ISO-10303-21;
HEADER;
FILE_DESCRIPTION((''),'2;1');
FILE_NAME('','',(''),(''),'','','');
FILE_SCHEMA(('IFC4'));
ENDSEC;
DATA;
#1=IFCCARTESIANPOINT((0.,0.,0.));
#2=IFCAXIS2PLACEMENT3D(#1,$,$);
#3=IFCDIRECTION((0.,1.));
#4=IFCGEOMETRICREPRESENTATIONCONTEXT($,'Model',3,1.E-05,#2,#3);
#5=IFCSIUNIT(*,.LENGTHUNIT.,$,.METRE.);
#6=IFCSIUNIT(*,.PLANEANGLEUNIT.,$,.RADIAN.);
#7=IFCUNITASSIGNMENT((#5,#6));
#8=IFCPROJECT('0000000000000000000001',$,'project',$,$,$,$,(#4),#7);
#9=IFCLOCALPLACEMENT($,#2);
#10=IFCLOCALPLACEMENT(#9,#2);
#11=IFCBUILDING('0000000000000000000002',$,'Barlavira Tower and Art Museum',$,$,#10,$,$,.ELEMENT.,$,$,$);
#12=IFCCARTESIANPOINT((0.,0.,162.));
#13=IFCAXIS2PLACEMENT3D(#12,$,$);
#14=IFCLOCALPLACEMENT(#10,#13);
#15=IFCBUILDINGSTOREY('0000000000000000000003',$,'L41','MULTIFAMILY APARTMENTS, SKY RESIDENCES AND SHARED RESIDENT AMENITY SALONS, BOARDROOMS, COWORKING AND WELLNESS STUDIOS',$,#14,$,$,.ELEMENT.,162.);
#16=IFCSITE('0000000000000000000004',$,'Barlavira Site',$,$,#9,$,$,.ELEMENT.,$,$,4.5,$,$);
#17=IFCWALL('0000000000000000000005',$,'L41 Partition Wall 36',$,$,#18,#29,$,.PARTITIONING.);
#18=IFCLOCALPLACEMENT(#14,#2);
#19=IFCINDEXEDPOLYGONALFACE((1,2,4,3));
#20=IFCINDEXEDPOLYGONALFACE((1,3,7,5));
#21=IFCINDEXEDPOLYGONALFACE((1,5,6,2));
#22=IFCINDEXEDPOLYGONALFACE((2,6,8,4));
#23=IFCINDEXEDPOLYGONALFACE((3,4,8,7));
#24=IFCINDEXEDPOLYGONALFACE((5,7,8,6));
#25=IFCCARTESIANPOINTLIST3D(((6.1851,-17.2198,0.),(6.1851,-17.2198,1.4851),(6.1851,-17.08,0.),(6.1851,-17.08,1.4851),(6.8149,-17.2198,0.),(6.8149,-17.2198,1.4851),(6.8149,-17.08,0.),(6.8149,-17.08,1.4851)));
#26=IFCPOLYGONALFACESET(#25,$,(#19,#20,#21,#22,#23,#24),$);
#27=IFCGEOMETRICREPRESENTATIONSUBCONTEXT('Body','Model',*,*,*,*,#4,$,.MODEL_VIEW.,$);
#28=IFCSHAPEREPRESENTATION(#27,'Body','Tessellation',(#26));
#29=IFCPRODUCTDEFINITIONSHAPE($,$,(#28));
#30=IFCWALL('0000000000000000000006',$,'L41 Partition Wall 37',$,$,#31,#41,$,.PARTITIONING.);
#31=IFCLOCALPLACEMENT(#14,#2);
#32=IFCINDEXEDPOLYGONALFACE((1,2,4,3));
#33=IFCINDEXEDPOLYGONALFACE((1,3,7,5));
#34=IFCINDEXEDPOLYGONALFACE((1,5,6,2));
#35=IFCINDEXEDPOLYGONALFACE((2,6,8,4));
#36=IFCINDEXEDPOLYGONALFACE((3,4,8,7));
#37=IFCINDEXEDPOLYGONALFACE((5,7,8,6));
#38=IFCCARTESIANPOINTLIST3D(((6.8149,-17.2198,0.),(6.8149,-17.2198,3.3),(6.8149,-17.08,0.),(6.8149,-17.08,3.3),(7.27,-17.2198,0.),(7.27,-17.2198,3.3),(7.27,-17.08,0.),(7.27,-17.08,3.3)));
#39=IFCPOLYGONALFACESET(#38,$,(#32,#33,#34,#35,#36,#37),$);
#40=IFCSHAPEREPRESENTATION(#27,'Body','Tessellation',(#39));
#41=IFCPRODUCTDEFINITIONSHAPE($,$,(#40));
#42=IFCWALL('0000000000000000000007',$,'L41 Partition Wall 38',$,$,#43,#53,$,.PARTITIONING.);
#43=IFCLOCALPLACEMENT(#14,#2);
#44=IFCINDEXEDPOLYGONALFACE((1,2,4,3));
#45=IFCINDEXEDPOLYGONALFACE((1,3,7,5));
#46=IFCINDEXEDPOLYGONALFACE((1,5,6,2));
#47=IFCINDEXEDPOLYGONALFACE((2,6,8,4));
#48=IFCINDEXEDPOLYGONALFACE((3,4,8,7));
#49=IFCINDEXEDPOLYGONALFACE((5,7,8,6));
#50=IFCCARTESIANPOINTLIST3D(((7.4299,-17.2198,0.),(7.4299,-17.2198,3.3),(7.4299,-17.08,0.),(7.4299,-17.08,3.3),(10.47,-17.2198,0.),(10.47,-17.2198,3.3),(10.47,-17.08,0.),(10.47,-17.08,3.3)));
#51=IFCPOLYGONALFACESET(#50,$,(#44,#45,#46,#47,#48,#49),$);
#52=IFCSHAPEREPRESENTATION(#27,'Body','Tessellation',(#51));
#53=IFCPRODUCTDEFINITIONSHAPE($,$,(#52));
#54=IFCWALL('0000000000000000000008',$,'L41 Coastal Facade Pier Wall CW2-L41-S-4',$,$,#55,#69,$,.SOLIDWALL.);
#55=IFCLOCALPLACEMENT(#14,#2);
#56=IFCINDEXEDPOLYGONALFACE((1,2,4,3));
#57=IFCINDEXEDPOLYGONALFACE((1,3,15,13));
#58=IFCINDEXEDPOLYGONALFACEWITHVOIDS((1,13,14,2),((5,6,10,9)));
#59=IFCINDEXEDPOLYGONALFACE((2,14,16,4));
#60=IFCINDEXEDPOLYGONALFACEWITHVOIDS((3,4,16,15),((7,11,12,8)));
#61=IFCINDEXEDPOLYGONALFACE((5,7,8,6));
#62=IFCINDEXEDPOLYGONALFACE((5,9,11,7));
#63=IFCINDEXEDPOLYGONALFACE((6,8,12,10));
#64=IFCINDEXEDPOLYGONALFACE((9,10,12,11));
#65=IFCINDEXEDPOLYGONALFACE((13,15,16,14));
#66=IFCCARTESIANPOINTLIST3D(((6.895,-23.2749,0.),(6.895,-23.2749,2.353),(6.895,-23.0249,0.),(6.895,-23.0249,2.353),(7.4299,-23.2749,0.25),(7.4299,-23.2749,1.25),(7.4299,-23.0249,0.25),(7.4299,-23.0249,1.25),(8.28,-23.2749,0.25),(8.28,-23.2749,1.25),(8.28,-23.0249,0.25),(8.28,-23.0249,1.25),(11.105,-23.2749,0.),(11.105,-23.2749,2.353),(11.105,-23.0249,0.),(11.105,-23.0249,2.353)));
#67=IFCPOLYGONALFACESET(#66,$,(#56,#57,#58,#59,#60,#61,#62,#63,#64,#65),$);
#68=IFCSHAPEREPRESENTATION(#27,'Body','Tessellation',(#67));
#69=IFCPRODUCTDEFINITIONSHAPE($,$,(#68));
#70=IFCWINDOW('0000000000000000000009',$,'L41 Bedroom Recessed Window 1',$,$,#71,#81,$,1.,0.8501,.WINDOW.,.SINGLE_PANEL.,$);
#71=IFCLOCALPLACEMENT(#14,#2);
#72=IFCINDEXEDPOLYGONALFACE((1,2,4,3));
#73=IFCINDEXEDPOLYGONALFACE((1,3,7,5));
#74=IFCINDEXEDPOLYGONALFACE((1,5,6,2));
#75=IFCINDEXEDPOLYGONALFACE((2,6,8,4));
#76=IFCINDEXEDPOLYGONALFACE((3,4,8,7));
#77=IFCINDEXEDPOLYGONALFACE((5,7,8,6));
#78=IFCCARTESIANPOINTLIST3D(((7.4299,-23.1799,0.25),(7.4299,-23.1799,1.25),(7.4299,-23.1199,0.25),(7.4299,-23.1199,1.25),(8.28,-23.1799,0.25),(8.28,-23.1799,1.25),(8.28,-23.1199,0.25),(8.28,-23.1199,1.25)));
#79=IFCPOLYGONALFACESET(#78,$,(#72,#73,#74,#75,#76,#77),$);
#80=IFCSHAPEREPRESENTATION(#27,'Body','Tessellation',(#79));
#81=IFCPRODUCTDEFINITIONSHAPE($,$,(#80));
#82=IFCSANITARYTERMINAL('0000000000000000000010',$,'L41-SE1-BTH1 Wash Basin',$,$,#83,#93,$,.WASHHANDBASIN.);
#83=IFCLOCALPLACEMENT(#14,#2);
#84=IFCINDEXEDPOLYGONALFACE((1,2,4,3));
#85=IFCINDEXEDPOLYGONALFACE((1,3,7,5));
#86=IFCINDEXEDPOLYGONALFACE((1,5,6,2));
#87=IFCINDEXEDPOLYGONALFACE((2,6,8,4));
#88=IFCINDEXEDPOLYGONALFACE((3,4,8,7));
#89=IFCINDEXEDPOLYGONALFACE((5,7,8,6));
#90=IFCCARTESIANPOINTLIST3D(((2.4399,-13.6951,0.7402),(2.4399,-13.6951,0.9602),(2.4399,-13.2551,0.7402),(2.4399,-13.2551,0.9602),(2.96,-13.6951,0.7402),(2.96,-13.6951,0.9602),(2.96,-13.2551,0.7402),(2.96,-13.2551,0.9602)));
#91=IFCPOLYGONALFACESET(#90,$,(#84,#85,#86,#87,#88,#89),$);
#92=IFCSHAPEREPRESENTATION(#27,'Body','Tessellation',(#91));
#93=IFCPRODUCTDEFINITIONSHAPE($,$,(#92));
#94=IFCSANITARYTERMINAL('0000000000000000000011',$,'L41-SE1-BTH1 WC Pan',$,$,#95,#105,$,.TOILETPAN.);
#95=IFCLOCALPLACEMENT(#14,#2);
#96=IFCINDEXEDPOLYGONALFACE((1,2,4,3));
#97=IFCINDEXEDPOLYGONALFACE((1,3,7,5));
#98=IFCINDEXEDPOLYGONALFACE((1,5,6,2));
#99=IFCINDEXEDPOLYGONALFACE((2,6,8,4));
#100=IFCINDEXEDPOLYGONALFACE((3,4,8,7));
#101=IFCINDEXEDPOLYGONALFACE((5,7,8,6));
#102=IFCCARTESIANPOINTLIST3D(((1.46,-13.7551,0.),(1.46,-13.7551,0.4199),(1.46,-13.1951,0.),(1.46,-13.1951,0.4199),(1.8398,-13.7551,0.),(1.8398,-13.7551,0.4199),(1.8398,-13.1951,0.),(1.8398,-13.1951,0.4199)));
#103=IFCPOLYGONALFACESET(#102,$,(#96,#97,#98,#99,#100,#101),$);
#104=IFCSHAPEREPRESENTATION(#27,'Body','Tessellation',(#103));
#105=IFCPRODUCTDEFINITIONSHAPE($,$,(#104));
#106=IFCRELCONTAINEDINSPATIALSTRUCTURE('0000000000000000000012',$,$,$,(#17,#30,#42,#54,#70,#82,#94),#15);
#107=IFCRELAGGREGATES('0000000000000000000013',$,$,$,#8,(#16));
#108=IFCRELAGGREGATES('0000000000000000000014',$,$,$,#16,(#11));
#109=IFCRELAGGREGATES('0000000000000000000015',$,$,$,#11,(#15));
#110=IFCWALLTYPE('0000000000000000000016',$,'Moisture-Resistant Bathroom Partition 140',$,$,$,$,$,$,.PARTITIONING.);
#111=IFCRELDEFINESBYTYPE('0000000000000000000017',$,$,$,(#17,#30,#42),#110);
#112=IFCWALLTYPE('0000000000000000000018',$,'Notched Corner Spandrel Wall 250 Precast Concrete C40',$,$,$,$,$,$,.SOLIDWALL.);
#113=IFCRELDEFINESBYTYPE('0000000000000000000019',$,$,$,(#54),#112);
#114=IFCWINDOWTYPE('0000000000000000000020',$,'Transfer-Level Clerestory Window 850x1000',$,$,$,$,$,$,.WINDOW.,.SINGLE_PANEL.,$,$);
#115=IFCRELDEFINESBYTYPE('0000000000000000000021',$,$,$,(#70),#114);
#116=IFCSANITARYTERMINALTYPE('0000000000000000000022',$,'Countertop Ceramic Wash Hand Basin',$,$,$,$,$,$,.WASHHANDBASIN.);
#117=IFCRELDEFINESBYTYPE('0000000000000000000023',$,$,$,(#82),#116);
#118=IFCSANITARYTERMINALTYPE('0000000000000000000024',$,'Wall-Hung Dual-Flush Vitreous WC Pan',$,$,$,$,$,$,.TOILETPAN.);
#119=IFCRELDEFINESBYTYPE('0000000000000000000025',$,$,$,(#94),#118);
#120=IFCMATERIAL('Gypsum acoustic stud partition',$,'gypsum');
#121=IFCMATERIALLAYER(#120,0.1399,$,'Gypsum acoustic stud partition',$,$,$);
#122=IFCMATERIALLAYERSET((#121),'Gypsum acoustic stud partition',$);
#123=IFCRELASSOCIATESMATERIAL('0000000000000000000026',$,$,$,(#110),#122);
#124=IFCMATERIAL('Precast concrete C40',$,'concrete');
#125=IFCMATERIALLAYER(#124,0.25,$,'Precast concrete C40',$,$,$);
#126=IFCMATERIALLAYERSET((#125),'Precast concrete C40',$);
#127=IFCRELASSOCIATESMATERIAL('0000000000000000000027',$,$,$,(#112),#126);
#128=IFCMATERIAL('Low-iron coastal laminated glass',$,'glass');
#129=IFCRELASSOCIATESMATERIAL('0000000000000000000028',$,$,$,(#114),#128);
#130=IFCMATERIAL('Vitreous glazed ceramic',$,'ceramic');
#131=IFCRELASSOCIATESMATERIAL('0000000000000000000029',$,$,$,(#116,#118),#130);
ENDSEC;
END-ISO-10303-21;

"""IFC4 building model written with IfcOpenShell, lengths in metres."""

from ifc_helpers import new_model, si_unit, direction, frame, frame_2d, origin, origin_2d, place, context, subcontext, project, spatial, rectangle, extrude, material, layer, layer_set, type_object, element, fill, save


model = new_model("IFC4")

# Units and contexts
model_context = context("Model", 3, precision=1e-05, world=origin(), true_north=direction((0.0, 1.0)))
body_context = subcontext(model_context, "Body", "Model", "MODEL_VIEW")
ifc_project = project(units=[si_unit("LENGTHUNIT", "METRE"), si_unit("PLANEANGLEUNIT", "RADIAN")], contexts=[model_context])

# Site, building, storey
site_placement = place(None, origin())
site = spatial("IfcSite", under=ifc_project, at=site_placement, Name="Barlavira Site", CompositionType="ELEMENT", RefElevation=4.5)
building_placement = place(site_placement, origin())
building = spatial("IfcBuilding", under=site, at=building_placement, Name="Barlavira Tower and Art Museum", CompositionType="ELEMENT")
storey_placement = place(building_placement, frame((0.0, 0.0, 162.0)))
storey = spatial("IfcBuildingStorey", under=building, at=storey_placement, Name="L41", Description="MULTIFAMILY APARTMENTS, SKY RESIDENCES AND SHARED RESIDENT AMENITY SALONS, BOARDROOMS, COWORKING AND WELLNESS STUDIOS", CompositionType="ELEMENT", Elevation=162.0)

# Shared definitions
ifc_material_1 = material(Name="Low-iron coastal laminated glass", Category="glass")

# Shared definitions
ifc_material_2 = material(Name="Gypsum acoustic stud partition", Category="gypsum")

# Shared definitions
ifc_layer_1 = layer(ifc_material_2, 0.1399, Name="Gypsum acoustic stud partition")
ifc_layer_set_1 = layer_set([ifc_layer_1], Name="Gypsum acoustic stud partition")
wall_type_1 = type_object("IfcWallType", Name="Moisture-Resistant Bathroom Partition 140", PredefinedType="PARTITIONING", material=ifc_layer_set_1)

# Walls
wall_1_placement = place(storey_placement, frame((6.1851, -17.1499, 0.0), z_axis=(0.0, 0.0, 1.0), x_axis=(1.0, 0.0, 0.0)))
element("IfcWall", 1, at=wall_1_placement, inside=storey, type_object=wall_type_1, Name="L41 Partition Wall 36", PredefinedType="PARTITIONING", context=body_context, shape_type="SweptSolid", body=[
    extrude(rectangle(XDim=0.6299, YDim=0.1399, at=frame_2d((0.3149, 0.0))), origin(), (0.0, 0.0, 1.0), 1.4851),
])
wall_2_placement = place(storey_placement, frame((6.8149, -17.1499, 0.0), z_axis=(0.0, 0.0, 1.0), x_axis=(1.0, 0.0, 0.0)))
element("IfcWall", 2, at=wall_2_placement, inside=storey, type_object=wall_type_1, Name="L41 Partition Wall 37", PredefinedType="PARTITIONING", context=body_context, shape_type="SweptSolid", body=[
    extrude(rectangle(XDim=0.4551, YDim=0.1399, at=frame_2d((0.2275, 0.0))), origin(), (0.0, 0.0, 1.0), 3.3),
])
wall_3_placement = place(storey_placement, frame((7.4299, -17.1499, 0.0), z_axis=(0.0, 0.0, 1.0), x_axis=(1.0, 0.0, 0.0)))
element("IfcWall", 3, at=wall_3_placement, inside=storey, type_object=wall_type_1, Name="L41 Partition Wall 38", PredefinedType="PARTITIONING", context=body_context, shape_type="SweptSolid", body=[
    extrude(rectangle(XDim=3.04, YDim=0.1399, at=frame_2d((1.52, 0.0))), origin(), (0.0, 0.0, 1.0), 3.3),
])

# Wall, opening, window
ifc_material_3 = material(Name="Precast concrete C40", Category="concrete")
ifc_layer_2 = layer(ifc_material_3, 0.25, Name="Precast concrete C40")
ifc_layer_set_2 = layer_set([ifc_layer_2], Name="Precast concrete C40")
wall_type_2 = type_object("IfcWallType", Name="Notched Corner Spandrel Wall 250 Precast Concrete C40", PredefinedType="SOLIDWALL", material=ifc_layer_set_2)
wall_4_placement = place(storey_placement, frame((6.895, -23.1499, 0.0), z_axis=(0.0, 0.0, 1.0), x_axis=(1.0, 0.0, 0.0)))
wall_4 = element("IfcWall", 4, at=wall_4_placement, inside=storey, type_object=wall_type_2, Name="L41 Coastal Facade Pier Wall CW2-L41-S-4", PredefinedType="SOLIDWALL", context=body_context, shape_type="SweptSolid", body=[
    extrude(rectangle(XDim=4.21, YDim=0.25, at=frame_2d((2.105, 0.0))), origin(), (0.0, 0.0, 1.0), 2.353),
])
opening_1_placement = place(wall_4_placement, frame((0.5349, 0.0, 0.25)))
opening_1 = element("IfcOpeningElement", 5, at=opening_1_placement, cuts=wall_4, PredefinedType="OPENING", context=body_context, shape_type="SweptSolid", body=[
    extrude(rectangle(XDim=0.8501, YDim=1.0, at=frame_2d((0.425, 0.5))), frame((0.0, 0.135, 0.0), z_axis=(0.0, -1.0, 0.0), x_axis=(1.0, 0.0, 0.0)), (0.0, 0.0, 1.0), 0.27),
])
window_type = type_object("IfcWindowType", Name="Transfer-Level Clerestory Window 850x1000", PartitioningType="SINGLE_PANEL", PredefinedType="WINDOW", material=ifc_material_1)
window_placement = place(opening_1_placement, origin())
window = element("IfcWindow", 6, at=window_placement, inside=storey, type_object=window_type, Name="L41 Bedroom Recessed Window 1", OverallHeight=1.0, OverallWidth=0.8501, PartitioningType="SINGLE_PANEL", PredefinedType="WINDOW", context=body_context, shape_type="SweptSolid", body=[
    extrude(rectangle(XDim=0.8501, YDim=1.0, at=frame_2d((0.425, 0.5))), frame((0.0, 0.03, 0.0), z_axis=(0.0, -1.0, 0.0), x_axis=(1.0, 0.0, 0.0)), (0.0, 0.0, 1.0), 0.0601),
])
fill(opening_1, window)

# Sanitary terminals
ifc_material_4 = material(Name="Vitreous glazed ceramic", Category="ceramic")
sanitary_terminal_type_1 = type_object("IfcSanitaryTerminalType", Name="Countertop Ceramic Wash Hand Basin", PredefinedType="WASHHANDBASIN", material=ifc_material_4)
sanitary_terminal_1_placement = place(storey_placement, frame((2.7, -13.4751, 0.7402), z_axis=(0.0, 0.0, 1.0), x_axis=(1.0, 0.0, 0.0)))
element("IfcSanitaryTerminal", 7, at=sanitary_terminal_1_placement, inside=storey, type_object=sanitary_terminal_type_1, Name="L41-SE1-BTH1 Wash Basin", PredefinedType="WASHHANDBASIN", context=body_context, shape_type="SweptSolid", body=[
    extrude(rectangle(XDim=0.52, YDim=0.4399, at=origin_2d()), origin(), (0.0, 0.0, 1.0), 0.22),
])
sanitary_terminal_type_2 = type_object("IfcSanitaryTerminalType", Name="Wall-Hung Dual-Flush Vitreous WC Pan", PredefinedType="TOILETPAN", material=ifc_material_4)
sanitary_terminal_2_placement = place(storey_placement, frame((1.6499, -13.4751, 0.0), z_axis=(0.0, 0.0, 1.0), x_axis=(1.0, 0.0, 0.0)))
element("IfcSanitaryTerminal", 8, at=sanitary_terminal_2_placement, inside=storey, type_object=sanitary_terminal_type_2, Name="L41-SE1-BTH1 WC Pan", PredefinedType="TOILETPAN", context=body_context, shape_type="SweptSolid", body=[
    extrude(rectangle(XDim=0.3799, YDim=0.5601, at=origin_2d()), origin(), (0.0, 0.0, 1.0), 0.4199),
])

save(model, "model.ifc")
